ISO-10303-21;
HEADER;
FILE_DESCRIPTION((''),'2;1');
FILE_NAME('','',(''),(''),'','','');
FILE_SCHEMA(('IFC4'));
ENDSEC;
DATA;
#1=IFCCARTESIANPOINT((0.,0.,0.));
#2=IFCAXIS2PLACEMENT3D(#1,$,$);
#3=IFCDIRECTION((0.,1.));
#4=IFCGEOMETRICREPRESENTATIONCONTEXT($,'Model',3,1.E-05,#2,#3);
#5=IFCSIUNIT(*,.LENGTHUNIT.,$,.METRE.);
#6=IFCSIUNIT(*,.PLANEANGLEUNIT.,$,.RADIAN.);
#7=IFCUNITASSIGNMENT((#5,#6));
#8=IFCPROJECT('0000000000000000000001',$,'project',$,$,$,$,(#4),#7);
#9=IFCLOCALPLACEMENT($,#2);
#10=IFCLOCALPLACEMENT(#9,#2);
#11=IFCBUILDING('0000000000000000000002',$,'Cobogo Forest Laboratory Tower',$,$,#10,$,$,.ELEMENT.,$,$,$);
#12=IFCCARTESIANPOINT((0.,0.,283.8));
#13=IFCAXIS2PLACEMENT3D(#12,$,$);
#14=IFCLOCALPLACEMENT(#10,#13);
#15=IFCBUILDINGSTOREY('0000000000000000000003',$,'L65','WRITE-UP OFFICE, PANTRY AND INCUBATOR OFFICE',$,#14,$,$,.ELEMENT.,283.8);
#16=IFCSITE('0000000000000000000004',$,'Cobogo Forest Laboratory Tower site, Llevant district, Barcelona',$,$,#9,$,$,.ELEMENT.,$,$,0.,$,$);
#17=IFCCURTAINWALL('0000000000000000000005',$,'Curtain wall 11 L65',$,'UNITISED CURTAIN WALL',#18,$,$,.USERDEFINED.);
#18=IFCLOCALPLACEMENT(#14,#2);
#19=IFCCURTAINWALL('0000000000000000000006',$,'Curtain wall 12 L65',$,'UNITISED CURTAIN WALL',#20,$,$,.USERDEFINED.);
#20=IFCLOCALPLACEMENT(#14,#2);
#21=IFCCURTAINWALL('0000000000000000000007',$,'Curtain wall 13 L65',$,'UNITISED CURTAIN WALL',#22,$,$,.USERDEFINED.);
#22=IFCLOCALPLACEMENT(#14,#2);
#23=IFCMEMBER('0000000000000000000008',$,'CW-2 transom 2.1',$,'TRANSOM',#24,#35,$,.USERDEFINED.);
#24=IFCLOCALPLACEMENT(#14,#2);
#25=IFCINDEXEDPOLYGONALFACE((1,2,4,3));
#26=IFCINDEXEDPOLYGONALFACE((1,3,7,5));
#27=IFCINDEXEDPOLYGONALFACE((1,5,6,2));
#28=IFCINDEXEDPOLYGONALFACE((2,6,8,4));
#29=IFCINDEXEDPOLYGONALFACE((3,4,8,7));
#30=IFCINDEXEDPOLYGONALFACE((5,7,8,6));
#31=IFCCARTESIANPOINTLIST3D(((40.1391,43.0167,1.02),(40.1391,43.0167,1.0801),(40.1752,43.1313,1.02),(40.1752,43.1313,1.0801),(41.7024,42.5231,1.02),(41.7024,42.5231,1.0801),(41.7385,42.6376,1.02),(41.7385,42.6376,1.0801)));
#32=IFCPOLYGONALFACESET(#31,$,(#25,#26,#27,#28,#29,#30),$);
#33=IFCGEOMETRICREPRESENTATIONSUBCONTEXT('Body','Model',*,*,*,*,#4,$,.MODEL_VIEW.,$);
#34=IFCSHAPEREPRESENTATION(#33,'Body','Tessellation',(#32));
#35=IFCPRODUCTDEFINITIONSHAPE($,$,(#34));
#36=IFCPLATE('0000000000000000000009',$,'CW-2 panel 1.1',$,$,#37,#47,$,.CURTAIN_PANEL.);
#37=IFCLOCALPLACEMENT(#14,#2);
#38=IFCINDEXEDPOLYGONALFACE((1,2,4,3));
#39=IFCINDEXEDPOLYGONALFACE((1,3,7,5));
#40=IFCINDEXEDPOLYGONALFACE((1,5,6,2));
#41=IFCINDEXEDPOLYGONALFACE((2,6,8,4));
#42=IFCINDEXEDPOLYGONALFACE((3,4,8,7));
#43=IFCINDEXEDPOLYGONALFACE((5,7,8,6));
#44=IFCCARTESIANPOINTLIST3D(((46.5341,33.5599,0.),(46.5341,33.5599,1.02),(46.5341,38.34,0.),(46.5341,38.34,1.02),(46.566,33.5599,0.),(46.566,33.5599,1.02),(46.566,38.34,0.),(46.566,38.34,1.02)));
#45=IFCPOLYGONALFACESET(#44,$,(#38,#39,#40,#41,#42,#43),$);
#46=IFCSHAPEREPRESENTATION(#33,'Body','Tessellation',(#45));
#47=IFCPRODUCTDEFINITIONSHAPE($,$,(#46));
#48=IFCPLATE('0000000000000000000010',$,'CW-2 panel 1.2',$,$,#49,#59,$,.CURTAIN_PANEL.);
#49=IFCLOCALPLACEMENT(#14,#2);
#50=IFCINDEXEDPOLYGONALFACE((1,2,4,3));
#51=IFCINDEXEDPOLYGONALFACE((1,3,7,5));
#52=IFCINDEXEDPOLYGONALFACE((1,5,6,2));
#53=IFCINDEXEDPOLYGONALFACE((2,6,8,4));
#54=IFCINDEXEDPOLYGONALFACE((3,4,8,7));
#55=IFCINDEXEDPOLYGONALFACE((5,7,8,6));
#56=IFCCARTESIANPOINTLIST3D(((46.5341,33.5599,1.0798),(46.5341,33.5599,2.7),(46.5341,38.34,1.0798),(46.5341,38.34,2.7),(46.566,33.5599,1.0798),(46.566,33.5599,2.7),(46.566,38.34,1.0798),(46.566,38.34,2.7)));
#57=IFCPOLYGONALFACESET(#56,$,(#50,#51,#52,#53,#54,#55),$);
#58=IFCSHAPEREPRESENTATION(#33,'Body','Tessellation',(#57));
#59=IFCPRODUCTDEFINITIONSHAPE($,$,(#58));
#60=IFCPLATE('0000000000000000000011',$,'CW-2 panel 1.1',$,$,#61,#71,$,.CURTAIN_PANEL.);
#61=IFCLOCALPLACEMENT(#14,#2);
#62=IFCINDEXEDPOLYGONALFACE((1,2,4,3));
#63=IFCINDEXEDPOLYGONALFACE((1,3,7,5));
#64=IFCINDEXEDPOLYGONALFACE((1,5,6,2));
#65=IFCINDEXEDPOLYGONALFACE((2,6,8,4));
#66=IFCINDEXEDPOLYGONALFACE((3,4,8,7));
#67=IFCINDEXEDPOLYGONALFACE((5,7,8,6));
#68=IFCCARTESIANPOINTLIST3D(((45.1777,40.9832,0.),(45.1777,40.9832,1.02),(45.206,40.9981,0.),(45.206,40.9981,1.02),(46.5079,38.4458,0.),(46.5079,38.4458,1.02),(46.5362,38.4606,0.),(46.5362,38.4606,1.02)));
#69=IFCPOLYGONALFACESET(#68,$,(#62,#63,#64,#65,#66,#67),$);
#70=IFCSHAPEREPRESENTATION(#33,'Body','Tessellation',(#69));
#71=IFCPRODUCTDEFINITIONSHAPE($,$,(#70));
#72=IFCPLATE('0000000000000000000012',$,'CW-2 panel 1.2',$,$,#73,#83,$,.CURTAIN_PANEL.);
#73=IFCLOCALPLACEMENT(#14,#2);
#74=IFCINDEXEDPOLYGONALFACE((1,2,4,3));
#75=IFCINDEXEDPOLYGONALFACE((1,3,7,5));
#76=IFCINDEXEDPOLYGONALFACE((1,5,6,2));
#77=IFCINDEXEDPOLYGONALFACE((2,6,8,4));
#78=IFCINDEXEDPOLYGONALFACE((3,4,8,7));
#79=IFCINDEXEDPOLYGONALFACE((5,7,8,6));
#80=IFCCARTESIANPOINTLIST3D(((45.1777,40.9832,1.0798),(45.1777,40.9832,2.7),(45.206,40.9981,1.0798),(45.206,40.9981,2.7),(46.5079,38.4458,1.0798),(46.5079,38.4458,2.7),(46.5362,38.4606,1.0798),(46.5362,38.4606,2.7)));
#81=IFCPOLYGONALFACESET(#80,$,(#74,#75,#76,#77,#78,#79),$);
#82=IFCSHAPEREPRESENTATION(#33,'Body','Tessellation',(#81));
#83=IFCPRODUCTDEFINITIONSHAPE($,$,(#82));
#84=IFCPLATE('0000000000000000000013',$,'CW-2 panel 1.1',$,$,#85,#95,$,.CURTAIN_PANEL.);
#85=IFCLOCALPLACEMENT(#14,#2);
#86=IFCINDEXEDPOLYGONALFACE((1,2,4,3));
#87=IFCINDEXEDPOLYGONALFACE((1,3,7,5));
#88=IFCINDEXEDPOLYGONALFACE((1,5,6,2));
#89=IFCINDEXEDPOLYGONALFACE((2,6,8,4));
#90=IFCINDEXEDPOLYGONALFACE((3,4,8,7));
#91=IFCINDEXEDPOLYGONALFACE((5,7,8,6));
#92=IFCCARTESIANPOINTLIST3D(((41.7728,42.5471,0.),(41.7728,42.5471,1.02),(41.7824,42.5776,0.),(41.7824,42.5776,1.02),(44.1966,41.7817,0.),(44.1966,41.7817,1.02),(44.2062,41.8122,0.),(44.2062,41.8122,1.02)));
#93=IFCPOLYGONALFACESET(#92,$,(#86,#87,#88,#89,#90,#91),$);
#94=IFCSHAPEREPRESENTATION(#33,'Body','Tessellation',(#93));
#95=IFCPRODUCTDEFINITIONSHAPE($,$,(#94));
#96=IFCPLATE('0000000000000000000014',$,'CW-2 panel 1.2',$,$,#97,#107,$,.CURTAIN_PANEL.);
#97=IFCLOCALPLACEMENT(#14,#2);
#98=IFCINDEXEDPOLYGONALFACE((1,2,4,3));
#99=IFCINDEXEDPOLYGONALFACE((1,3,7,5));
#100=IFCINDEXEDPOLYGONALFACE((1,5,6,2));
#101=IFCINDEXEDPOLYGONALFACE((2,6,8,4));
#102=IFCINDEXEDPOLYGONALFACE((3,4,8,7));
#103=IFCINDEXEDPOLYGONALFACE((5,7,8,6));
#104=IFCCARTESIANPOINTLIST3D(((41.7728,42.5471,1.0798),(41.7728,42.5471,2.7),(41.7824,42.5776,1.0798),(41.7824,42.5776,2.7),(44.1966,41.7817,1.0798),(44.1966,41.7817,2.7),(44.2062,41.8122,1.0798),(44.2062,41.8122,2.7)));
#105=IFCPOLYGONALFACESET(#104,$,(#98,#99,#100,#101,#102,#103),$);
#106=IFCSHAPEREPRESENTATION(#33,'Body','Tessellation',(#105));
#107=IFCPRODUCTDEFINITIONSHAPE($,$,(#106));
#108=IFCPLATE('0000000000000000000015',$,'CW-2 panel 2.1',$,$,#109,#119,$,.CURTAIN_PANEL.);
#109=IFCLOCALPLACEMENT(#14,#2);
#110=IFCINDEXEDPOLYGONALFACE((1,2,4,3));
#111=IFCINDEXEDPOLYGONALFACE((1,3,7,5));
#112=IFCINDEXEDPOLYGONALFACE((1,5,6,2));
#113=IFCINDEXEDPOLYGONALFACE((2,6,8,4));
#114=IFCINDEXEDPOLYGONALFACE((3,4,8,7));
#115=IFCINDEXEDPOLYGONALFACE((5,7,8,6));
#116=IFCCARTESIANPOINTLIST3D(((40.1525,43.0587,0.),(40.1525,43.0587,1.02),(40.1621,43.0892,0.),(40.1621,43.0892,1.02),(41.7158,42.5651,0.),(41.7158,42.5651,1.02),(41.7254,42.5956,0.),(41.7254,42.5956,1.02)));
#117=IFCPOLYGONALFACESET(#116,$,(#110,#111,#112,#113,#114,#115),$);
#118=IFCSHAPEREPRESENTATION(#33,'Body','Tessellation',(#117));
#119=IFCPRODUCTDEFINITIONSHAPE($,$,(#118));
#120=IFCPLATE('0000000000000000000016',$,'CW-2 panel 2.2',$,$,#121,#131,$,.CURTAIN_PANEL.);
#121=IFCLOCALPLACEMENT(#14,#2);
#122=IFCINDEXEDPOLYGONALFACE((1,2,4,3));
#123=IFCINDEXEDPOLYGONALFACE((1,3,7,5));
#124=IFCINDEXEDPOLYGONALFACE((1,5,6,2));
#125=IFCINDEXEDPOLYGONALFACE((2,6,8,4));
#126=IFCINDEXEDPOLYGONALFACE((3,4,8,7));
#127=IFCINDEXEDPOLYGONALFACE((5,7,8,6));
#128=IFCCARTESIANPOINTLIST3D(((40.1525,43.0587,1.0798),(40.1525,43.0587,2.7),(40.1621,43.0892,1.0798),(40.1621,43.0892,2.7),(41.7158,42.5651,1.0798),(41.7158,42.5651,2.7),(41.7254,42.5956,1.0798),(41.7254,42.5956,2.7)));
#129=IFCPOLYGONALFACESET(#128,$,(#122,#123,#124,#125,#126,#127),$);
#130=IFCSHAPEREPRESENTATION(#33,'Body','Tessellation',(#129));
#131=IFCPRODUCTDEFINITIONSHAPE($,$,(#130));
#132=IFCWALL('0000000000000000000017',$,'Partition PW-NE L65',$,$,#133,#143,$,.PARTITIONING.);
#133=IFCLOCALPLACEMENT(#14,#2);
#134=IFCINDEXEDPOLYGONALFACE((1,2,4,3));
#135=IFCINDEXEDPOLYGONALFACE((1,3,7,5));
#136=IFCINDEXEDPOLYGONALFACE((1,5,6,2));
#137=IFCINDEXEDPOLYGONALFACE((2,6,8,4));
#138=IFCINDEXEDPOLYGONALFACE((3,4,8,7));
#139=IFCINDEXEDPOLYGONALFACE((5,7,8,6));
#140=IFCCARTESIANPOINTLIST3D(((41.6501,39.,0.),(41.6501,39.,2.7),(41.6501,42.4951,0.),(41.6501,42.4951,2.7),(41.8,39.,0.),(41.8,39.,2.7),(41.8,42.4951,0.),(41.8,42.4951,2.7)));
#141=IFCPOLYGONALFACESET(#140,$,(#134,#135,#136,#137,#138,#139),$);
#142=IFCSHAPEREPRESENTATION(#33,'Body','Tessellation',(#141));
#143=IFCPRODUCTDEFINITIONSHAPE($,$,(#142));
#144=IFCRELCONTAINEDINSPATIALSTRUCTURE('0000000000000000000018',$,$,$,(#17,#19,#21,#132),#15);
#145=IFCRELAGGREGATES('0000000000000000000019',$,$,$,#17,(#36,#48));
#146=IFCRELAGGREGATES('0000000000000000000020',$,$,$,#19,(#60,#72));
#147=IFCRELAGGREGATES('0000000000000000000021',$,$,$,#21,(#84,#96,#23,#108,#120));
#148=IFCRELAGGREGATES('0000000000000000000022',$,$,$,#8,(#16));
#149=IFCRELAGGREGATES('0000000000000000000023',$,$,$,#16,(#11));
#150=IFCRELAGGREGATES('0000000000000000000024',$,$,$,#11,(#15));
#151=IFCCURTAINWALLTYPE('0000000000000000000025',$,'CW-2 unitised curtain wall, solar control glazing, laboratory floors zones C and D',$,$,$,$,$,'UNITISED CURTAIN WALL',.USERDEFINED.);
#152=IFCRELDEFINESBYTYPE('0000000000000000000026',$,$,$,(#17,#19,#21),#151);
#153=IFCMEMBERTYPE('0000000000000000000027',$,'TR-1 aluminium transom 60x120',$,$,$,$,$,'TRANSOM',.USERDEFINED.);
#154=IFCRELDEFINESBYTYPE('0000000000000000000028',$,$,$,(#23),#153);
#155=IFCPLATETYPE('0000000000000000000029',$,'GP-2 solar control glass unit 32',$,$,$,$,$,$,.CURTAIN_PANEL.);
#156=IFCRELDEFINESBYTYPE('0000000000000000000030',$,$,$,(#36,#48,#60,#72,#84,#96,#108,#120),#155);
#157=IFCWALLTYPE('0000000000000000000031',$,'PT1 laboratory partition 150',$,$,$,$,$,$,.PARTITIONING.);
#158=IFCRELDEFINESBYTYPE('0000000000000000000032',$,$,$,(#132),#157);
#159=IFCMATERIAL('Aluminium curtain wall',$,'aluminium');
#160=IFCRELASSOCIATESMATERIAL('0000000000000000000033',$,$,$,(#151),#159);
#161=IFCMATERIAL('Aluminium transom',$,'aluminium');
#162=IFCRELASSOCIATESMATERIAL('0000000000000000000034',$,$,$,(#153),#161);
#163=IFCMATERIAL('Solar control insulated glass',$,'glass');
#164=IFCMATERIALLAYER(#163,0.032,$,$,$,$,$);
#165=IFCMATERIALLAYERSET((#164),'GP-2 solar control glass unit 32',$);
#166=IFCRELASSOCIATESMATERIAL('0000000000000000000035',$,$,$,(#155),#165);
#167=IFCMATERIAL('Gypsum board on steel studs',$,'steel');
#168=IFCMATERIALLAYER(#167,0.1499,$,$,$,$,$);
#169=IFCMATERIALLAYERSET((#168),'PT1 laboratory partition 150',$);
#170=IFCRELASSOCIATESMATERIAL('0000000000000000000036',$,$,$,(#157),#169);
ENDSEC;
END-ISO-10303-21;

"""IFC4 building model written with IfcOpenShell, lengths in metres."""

from ifc_helpers import new_model, si_unit, direction, frame, frame_2d, origin, origin_2d, place, context, subcontext, project, spatial, rectangle, extrude, material, layer, layer_set, material_profile, profile_set, type_object, element, aggregate, save


model = new_model("IFC4")

# Units and contexts
model_context = context("Model", 3, precision=1e-05, world=origin(), true_north=direction((0.0, 1.0)))
body_context = subcontext(model_context, "Body", "Model", "MODEL_VIEW")
ifc_project = project(units=[si_unit("LENGTHUNIT", "METRE"), si_unit("PLANEANGLEUNIT", "RADIAN")], contexts=[model_context])

# Site, building, storey
site_placement = place(None, origin())
site = spatial("IfcSite", under=ifc_project, at=site_placement, Name="Cobogo Forest Laboratory Tower site, Llevant district, Barcelona", CompositionType="ELEMENT", RefElevation=0.0)
building_placement = place(site_placement, origin())
building = spatial("IfcBuilding", under=site, at=building_placement, Name="Cobogo Forest Laboratory Tower", CompositionType="ELEMENT")
storey_placement = place(building_placement, frame((0.0, 0.0, 283.8)))
storey = spatial("IfcBuildingStorey", under=building, at=storey_placement, Name="L65", Description="WRITE-UP OFFICE, PANTRY AND INCUBATOR OFFICE", CompositionType="ELEMENT", Elevation=283.8)

# Curtain wall
ifc_material_1 = material(Name="Aluminium curtain wall", Category="aluminium")
curtain_wall_type = type_object("IfcCurtainWallType", Name="CW-2 unitised curtain wall, solar control glazing, laboratory floors zones C and D", ElementType="UNITISED CURTAIN WALL", PredefinedType="USERDEFINED", material=ifc_material_1)
curtain_wall_1_placement = place(storey_placement, origin())
curtain_wall_1 = element("IfcCurtainWall", 1, at=curtain_wall_1_placement, inside=storey, type_object=curtain_wall_type, Name="Curtain wall 11 L65", ObjectType="UNITISED CURTAIN WALL", PredefinedType="USERDEFINED")

# Curtain walls
curtain_wall_2_placement = place(storey_placement, origin())
curtain_wall_2 = element("IfcCurtainWall", 2, at=curtain_wall_2_placement, inside=storey, type_object=curtain_wall_type, Name="Curtain wall 12 L65", ObjectType="UNITISED CURTAIN WALL", PredefinedType="USERDEFINED")
curtain_wall_3_placement = place(storey_placement, origin())
curtain_wall_3 = element("IfcCurtainWall", 3, at=curtain_wall_3_placement, inside=storey, type_object=curtain_wall_type, Name="Curtain wall 13 L65", ObjectType="UNITISED CURTAIN WALL", PredefinedType="USERDEFINED")

# Member
ifc_material_2 = material(Name="Aluminium transom", Category="aluminium")
ifc_material_profile_1 = material_profile(ifc_material_2, rectangle(XDim=0.1201, YDim=0.0601, at=origin_2d()), Name="AL 60x120")
ifc_profile_set_1 = profile_set([ifc_material_profile_1], Name="Aluminium transom")
member_type_1 = type_object("IfcMemberType", Name="TR-1 aluminium transom 60x120", ElementType="TRANSOM", PredefinedType="USERDEFINED", material=ifc_profile_set_1)
member_1_placement = place(storey_placement, frame((41.7205, 42.5803, 1.05), z_axis=(-0.953583, 0.301131, 0.0), x_axis=(-0.301131, -0.953583, 0.0)))
member_1 = element("IfcMember", 4, at=member_1_placement, type_object=member_type_1, Name="CW-2 transom 2.1", ObjectType="TRANSOM", PredefinedType="USERDEFINED", context=body_context, shape_type="SweptSolid", body=[
    extrude(rectangle(XDim=0.1201, YDim=0.0601, at=origin_2d()), origin(), (0.0, 0.0, 1.0), 1.6394),
])

# Plates
ifc_material_3 = material(Name="Solar control insulated glass", Category="glass")
ifc_layer_1 = layer(ifc_material_3, 0.032)
ifc_layer_set_1 = layer_set([ifc_layer_1], Name="GP-2 solar control glass unit 32")
plate_type = type_object("IfcPlateType", Name="GP-2 solar control glass unit 32", PredefinedType="CURTAIN_PANEL", material=ifc_layer_set_1)
plate_1_placement = place(storey_placement, frame((46.55, 35.95, 0.0), z_axis=(0.0, 0.0, 1.0), x_axis=(0.0, 1.0, 0.0)))
plate_1 = element("IfcPlate", 5, at=plate_1_placement, type_object=plate_type, Name="CW-2 panel 1.1", PredefinedType="CURTAIN_PANEL", context=body_context, shape_type="SweptSolid", body=[
    extrude(rectangle(XDim=4.78, YDim=0.032, at=origin_2d()), origin(), (0.0, 0.0, 1.0), 1.02),
])
plate_2_placement = place(storey_placement, frame((46.55, 35.95, 1.0798), z_axis=(0.0, 0.0, 1.0), x_axis=(0.0, 1.0, 0.0)))
plate_2 = element("IfcPlate", 6, at=plate_2_placement, type_object=plate_type, Name="CW-2 panel 1.2", PredefinedType="CURTAIN_PANEL", context=body_context, shape_type="SweptSolid", body=[
    extrude(rectangle(XDim=4.78, YDim=0.032, at=origin_2d()), origin(), (0.0, 0.0, 1.0), 1.6201),
])
aggregate(curtain_wall_1, [plate_1, plate_2])
plate_3_placement = place(storey_placement, frame((45.8569, 39.7219, 0.0), z_axis=(0.0, 0.0, 1.0), x_axis=(-0.464284, 0.885686, 0.0)))
plate_3 = element("IfcPlate", 7, at=plate_3_placement, type_object=plate_type, Name="CW-2 panel 1.1", PredefinedType="CURTAIN_PANEL", context=body_context, shape_type="SweptSolid", body=[
    extrude(rectangle(XDim=2.865, YDim=0.032, at=origin_2d()), origin(), (0.0, 0.0, 1.0), 1.02),
])
plate_4_placement = place(storey_placement, frame((45.8569, 39.7219, 1.0798), z_axis=(0.0, 0.0, 1.0), x_axis=(-0.464284, 0.885686, 0.0)))
plate_4 = element("IfcPlate", 8, at=plate_4_placement, type_object=plate_type, Name="CW-2 panel 1.2", PredefinedType="CURTAIN_PANEL", context=body_context, shape_type="SweptSolid", body=[
    extrude(rectangle(XDim=2.865, YDim=0.032, at=origin_2d()), origin(), (0.0, 0.0, 1.0), 1.6201),
])
aggregate(curtain_wall_2, [plate_3, plate_4])
plate_5_placement = place(storey_placement, frame((42.9895, 42.1797, 0.0), z_axis=(0.0, 0.0, 1.0), x_axis=(-0.953581, 0.301135, 0.0)))
plate_5 = element("IfcPlate", 9, at=plate_5_placement, type_object=plate_type, Name="CW-2 panel 1.1", PredefinedType="CURTAIN_PANEL", context=body_context, shape_type="SweptSolid", body=[
    extrude(rectangle(XDim=2.5417, YDim=0.032, at=origin_2d()), origin(), (0.0, 0.0, 1.0), 1.02),
])
plate_6_placement = place(storey_placement, frame((42.9895, 42.1797, 1.0798), z_axis=(0.0, 0.0, 1.0), x_axis=(-0.953581, 0.301135, 0.0)))
plate_6 = element("IfcPlate", 10, at=plate_6_placement, type_object=plate_type, Name="CW-2 panel 1.2", PredefinedType="CURTAIN_PANEL", context=body_context, shape_type="SweptSolid", body=[
    extrude(rectangle(XDim=2.5417, YDim=0.032, at=origin_2d()), origin(), (0.0, 0.0, 1.0), 1.6201),
])
plate_7_placement = place(storey_placement, frame((40.939, 42.8271, 0.0), z_axis=(0.0, 0.0, 1.0), x_axis=(-0.953581, 0.301135, 0.0)))
plate_7 = element("IfcPlate", 11, at=plate_7_placement, type_object=plate_type, Name="CW-2 panel 2.1", PredefinedType="CURTAIN_PANEL", context=body_context, shape_type="SweptSolid", body=[
    extrude(rectangle(XDim=1.6394, YDim=0.032, at=origin_2d()), origin(), (0.0, 0.0, 1.0), 1.02),
])
plate_8_placement = place(storey_placement, frame((40.939, 42.8271, 1.0798), z_axis=(0.0, 0.0, 1.0), x_axis=(-0.953581, 0.301135, 0.0)))
plate_8 = element("IfcPlate", 12, at=plate_8_placement, type_object=plate_type, Name="CW-2 panel 2.2", PredefinedType="CURTAIN_PANEL", context=body_context, shape_type="SweptSolid", body=[
    extrude(rectangle(XDim=1.6394, YDim=0.032, at=origin_2d()), origin(), (0.0, 0.0, 1.0), 1.6201),
])
aggregate(curtain_wall_3, [plate_5, plate_6, member_1, plate_7, plate_8])

# Wall
ifc_material_4 = material(Name="Gypsum board on steel studs", Category="steel")
ifc_layer_2 = layer(ifc_material_4, 0.1499)
ifc_layer_set_2 = layer_set([ifc_layer_2], Name="PT1 laboratory partition 150")
wall_type = type_object("IfcWallType", Name="PT1 laboratory partition 150", PredefinedType="PARTITIONING", material=ifc_layer_set_2)
wall_placement = place(storey_placement, frame((41.7251, 42.4951, 0.0), z_axis=(0.0, 0.0, 1.0), x_axis=(0.0, -1.0, 0.0)))
element("IfcWall", 13, at=wall_placement, inside=storey, type_object=wall_type, Name="Partition PW-NE L65", PredefinedType="PARTITIONING", context=body_context, shape_type="SweptSolid", body=[
    extrude(rectangle(XDim=3.4951, YDim=0.1499, at=frame_2d((1.7476, 0.0))), origin(), (0.0, 0.0, 1.0), 2.7),
])

save(model, "model.ifc")
